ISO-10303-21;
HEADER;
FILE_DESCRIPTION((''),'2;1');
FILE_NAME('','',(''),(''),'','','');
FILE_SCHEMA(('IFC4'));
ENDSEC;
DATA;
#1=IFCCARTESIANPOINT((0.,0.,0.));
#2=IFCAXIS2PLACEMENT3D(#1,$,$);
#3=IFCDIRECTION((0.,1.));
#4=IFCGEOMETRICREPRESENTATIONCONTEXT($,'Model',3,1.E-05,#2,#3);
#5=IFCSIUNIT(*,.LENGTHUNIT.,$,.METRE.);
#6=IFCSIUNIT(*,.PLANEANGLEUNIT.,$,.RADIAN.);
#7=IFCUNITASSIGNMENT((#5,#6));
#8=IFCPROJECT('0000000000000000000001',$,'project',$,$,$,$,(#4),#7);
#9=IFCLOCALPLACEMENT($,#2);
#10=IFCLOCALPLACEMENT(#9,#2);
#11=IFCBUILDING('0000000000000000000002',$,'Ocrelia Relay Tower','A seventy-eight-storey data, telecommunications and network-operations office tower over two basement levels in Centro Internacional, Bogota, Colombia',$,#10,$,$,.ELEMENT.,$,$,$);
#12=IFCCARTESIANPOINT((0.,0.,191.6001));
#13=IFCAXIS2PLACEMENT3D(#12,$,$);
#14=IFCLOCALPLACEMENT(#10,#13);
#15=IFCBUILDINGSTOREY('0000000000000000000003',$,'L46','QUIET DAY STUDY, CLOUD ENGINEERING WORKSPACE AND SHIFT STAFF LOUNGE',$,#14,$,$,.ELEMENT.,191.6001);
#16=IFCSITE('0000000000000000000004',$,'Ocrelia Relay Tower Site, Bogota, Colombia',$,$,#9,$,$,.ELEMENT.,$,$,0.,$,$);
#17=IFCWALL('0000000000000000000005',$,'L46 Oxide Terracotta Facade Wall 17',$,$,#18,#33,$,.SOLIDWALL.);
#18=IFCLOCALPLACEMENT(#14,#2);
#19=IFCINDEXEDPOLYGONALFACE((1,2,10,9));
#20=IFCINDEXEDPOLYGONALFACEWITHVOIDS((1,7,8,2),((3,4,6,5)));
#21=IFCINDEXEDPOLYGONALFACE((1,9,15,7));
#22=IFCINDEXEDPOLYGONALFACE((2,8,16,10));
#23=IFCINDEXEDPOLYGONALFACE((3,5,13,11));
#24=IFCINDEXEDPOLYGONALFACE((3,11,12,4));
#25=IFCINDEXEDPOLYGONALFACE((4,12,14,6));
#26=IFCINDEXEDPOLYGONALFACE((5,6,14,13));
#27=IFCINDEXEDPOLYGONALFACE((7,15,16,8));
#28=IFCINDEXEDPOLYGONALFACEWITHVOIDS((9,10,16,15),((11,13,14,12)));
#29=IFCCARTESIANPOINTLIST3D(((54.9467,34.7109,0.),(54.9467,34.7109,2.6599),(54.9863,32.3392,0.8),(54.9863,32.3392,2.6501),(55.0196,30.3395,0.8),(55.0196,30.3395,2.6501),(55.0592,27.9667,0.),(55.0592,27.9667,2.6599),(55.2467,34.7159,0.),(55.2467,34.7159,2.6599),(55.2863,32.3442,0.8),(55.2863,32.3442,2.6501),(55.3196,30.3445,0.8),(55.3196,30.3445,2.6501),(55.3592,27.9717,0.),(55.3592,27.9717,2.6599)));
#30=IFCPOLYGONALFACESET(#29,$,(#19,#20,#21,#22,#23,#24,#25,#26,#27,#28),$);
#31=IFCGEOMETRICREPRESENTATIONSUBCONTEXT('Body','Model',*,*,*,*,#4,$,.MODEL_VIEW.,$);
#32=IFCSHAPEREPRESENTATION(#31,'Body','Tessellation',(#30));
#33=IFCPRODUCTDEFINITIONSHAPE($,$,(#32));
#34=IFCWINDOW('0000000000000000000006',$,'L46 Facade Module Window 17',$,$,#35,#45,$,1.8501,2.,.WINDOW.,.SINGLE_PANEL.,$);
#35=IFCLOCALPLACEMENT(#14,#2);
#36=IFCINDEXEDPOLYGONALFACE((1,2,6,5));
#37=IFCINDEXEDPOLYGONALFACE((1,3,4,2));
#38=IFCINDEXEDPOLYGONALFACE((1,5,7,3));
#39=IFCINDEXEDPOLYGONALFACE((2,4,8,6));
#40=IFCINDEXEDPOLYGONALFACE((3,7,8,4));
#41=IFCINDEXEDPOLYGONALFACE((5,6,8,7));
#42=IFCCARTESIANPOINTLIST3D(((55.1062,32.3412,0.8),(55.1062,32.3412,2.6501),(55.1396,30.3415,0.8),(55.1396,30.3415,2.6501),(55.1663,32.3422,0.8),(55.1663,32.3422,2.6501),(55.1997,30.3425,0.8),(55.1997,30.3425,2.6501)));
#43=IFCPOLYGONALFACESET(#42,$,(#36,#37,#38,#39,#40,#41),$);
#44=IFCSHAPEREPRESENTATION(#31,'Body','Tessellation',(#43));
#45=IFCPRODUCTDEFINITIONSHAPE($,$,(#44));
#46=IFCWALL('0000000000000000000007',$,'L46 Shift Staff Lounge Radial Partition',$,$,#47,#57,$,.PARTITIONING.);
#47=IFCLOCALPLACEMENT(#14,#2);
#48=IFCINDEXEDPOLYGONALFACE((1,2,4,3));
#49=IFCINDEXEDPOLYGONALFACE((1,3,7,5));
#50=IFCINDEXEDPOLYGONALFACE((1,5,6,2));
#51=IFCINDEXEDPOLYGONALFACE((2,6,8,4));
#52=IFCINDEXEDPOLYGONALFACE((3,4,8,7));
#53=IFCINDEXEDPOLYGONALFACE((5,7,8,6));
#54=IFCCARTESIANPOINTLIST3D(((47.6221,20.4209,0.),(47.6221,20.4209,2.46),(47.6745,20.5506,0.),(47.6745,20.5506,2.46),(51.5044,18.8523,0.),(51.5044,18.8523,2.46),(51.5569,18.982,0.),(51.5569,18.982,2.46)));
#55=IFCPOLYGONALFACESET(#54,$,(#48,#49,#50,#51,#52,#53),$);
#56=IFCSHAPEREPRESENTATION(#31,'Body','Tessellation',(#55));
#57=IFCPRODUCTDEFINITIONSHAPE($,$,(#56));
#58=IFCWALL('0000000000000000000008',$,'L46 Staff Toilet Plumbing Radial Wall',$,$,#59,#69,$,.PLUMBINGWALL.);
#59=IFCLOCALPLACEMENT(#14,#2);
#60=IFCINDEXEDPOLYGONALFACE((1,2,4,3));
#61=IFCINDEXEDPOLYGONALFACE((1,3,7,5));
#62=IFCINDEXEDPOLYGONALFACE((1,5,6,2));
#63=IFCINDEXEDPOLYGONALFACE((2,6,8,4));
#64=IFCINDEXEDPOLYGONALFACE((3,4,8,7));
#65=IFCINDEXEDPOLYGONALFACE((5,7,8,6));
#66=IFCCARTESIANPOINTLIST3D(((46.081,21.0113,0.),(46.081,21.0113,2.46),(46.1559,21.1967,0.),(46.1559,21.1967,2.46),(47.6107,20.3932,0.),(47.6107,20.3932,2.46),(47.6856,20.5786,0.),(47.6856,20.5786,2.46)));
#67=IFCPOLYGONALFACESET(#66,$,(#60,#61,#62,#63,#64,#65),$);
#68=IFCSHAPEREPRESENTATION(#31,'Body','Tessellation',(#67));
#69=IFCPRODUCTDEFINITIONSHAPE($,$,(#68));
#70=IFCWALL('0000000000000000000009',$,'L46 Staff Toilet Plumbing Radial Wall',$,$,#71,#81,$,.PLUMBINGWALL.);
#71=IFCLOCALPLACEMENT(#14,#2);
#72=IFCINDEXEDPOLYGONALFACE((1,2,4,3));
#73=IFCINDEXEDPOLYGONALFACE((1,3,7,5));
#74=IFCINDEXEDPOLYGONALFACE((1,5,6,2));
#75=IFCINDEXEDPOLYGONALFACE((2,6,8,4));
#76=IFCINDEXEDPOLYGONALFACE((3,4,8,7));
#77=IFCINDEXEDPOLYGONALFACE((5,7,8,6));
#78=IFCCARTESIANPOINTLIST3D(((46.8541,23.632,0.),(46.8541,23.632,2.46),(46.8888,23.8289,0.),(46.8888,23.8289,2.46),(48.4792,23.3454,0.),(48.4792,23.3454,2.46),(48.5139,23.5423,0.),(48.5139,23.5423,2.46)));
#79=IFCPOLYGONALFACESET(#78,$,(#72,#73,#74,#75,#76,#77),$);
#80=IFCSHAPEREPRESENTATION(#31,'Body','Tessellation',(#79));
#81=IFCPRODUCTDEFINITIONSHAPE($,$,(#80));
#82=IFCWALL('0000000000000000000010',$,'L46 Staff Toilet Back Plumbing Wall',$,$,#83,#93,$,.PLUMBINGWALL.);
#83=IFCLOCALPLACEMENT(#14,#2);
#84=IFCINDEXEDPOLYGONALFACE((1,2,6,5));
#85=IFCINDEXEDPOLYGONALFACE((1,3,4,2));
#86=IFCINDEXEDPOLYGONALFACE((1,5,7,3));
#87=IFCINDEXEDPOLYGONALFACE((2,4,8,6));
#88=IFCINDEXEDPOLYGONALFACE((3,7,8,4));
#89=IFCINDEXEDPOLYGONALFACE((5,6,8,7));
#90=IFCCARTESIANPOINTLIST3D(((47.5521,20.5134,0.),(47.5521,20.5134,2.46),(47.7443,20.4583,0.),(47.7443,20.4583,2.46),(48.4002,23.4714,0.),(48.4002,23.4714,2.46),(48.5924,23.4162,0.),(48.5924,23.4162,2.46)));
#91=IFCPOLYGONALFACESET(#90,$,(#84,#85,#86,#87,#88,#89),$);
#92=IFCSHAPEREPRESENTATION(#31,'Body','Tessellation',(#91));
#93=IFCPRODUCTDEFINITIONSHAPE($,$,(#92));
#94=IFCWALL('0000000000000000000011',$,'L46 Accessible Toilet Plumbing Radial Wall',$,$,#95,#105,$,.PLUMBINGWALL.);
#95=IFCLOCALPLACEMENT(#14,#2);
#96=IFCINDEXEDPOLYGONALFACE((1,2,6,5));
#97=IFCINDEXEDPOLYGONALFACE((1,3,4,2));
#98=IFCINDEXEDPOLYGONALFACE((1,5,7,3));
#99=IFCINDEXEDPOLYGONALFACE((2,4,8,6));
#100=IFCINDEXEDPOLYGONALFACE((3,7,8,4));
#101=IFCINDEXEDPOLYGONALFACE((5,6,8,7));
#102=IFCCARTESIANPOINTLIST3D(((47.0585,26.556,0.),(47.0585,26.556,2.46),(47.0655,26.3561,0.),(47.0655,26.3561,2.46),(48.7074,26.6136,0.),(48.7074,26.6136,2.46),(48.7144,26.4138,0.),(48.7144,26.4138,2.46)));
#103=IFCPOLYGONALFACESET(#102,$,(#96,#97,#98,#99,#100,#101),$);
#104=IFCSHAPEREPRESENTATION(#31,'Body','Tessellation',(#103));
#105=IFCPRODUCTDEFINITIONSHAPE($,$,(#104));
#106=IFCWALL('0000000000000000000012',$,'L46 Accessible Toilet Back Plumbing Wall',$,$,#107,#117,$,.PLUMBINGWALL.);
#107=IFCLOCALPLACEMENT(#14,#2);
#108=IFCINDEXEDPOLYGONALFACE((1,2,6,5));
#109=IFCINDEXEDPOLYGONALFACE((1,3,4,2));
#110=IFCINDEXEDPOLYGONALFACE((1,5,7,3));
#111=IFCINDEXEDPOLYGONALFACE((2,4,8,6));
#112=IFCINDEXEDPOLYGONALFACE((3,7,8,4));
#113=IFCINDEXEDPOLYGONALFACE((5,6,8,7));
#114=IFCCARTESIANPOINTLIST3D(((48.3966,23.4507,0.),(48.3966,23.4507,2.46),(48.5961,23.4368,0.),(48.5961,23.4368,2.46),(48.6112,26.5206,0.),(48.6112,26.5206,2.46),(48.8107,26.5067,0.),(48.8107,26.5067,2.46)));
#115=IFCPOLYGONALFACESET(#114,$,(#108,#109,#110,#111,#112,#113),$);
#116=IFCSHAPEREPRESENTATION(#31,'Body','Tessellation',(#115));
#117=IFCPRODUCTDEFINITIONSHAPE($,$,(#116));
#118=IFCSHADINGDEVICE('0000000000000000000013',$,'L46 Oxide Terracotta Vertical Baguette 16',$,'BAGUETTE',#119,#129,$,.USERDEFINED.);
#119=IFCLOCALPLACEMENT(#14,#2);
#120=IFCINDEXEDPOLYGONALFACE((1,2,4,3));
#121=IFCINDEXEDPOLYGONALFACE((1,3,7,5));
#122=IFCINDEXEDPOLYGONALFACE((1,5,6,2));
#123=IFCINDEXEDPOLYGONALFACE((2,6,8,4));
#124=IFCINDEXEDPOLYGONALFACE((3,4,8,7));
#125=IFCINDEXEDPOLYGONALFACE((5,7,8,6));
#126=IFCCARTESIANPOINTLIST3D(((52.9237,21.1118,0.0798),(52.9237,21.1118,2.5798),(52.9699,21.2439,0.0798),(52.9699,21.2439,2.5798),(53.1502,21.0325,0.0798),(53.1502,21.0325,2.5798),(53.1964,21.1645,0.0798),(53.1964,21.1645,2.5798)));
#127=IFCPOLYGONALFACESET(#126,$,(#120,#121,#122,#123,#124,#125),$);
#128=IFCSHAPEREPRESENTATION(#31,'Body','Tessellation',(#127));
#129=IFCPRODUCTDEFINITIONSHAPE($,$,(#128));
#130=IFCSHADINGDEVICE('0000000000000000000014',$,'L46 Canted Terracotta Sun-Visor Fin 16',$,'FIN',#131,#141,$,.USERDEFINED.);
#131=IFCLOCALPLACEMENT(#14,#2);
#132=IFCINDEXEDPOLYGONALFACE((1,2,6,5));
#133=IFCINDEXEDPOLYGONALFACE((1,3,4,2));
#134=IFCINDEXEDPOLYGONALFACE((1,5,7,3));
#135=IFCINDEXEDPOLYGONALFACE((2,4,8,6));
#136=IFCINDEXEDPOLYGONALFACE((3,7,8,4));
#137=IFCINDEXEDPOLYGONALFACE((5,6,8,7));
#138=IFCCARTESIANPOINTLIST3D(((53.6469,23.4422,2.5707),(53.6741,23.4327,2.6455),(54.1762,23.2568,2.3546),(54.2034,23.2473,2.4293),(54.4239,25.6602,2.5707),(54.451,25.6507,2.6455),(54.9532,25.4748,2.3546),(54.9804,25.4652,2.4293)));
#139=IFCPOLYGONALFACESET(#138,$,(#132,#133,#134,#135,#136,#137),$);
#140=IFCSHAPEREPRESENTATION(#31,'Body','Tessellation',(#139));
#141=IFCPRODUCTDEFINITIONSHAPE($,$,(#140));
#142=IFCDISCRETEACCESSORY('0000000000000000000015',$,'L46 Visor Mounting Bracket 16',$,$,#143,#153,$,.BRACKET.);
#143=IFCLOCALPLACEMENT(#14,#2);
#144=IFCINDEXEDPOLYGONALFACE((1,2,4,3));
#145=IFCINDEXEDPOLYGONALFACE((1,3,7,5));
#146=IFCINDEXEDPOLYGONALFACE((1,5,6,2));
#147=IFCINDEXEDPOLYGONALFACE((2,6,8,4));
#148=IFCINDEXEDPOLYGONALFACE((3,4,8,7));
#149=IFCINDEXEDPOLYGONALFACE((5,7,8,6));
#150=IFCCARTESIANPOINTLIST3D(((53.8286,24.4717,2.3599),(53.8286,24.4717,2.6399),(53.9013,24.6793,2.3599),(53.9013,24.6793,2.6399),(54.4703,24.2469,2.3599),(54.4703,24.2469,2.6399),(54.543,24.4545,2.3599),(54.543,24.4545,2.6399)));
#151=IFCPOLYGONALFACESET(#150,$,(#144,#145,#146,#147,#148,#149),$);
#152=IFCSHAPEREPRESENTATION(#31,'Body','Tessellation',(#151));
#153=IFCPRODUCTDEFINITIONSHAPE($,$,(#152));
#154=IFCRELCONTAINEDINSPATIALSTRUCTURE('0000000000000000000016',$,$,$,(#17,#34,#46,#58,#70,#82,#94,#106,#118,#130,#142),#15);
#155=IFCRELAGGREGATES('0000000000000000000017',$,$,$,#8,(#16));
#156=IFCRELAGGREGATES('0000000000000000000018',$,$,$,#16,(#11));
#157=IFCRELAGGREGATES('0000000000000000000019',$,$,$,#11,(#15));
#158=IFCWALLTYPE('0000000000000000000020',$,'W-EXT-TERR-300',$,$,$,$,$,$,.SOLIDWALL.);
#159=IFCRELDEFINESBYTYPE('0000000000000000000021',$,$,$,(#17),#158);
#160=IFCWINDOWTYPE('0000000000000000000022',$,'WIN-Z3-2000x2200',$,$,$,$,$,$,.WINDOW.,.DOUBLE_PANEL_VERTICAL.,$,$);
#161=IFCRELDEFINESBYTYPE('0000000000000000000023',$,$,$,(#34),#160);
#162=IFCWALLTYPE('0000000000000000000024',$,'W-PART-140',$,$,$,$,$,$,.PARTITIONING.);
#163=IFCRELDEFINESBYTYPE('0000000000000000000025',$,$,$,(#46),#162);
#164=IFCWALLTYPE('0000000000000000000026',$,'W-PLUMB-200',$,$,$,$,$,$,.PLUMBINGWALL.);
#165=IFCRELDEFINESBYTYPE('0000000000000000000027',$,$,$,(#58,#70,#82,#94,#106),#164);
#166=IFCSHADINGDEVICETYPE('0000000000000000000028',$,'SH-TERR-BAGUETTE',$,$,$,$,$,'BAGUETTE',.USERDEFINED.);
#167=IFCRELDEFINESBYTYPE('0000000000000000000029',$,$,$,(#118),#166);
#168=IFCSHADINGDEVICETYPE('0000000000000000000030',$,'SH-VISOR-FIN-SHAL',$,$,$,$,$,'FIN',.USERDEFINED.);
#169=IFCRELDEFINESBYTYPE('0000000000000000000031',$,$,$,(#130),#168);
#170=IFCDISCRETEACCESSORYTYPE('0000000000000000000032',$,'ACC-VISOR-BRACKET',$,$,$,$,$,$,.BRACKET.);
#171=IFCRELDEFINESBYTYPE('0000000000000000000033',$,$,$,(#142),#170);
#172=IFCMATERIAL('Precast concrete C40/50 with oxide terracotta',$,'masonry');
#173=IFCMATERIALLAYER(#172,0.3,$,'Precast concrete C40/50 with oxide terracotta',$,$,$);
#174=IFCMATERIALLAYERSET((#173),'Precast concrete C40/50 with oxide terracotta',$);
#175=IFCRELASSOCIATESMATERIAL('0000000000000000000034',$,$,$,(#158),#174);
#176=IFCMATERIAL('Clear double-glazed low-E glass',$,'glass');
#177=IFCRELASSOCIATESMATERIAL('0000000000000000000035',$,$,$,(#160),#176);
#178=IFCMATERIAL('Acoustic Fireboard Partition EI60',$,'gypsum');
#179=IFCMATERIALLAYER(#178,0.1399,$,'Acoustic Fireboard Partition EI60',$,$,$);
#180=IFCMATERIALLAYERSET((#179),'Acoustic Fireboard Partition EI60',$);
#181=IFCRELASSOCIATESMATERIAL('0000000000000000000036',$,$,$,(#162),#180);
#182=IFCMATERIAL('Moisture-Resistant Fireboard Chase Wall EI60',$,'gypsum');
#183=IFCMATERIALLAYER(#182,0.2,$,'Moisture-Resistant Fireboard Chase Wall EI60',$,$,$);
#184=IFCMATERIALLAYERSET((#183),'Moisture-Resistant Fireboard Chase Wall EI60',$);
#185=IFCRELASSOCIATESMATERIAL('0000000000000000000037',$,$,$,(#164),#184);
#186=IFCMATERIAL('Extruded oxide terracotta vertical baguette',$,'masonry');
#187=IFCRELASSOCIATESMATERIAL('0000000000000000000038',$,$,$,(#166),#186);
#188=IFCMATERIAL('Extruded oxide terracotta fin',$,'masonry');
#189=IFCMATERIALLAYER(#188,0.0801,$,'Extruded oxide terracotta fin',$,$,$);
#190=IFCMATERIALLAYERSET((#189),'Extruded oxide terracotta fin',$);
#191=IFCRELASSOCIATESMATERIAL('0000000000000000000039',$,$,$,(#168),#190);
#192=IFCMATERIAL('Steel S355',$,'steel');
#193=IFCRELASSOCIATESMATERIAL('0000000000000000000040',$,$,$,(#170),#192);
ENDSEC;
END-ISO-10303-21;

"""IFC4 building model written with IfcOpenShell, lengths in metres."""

from ifc_helpers import new_model, si_unit, direction, frame, frame_2d, origin, origin_2d, place, context, subcontext, project, spatial, rectangle, extrude, material, layer, layer_set, type_object, element, fill, save


model = new_model("IFC4")

# Units and contexts
model_context = context("Model", 3, precision=1e-05, world=origin(), true_north=direction((0.0, 1.0)))
body_context = subcontext(model_context, "Body", "Model", "MODEL_VIEW")
ifc_project = project(units=[si_unit("LENGTHUNIT", "METRE"), si_unit("PLANEANGLEUNIT", "RADIAN")], contexts=[model_context])

# Site, building, storey
site_placement = place(None, origin())
site = spatial("IfcSite", under=ifc_project, at=site_placement, Name="Ocrelia Relay Tower Site, Bogota, Colombia", CompositionType="ELEMENT", RefElevation=0.0)
building_placement = place(site_placement, origin())
building = spatial("IfcBuilding", under=site, at=building_placement, Name="Ocrelia Relay Tower", Description="A seventy-eight-storey data, telecommunications and network-operations office tower over two basement levels in Centro Internacional, Bogota, Colombia", CompositionType="ELEMENT")
storey_placement = place(building_placement, frame((0.0, 0.0, 191.6001)))
storey = spatial("IfcBuildingStorey", under=building, at=storey_placement, Name="L46", Description="QUIET DAY STUDY, CLOUD ENGINEERING WORKSPACE AND SHIFT STAFF LOUNGE", CompositionType="ELEMENT", Elevation=191.6001)

# Shared definitions
ifc_material_1 = material(Name="Steel S355", Category="steel")

# Wall, opening, window
ifc_material_2 = material(Name="Precast concrete C40/50 with oxide terracotta", Category="masonry")
ifc_layer_1 = layer(ifc_material_2, 0.3, Name="Precast concrete C40/50 with oxide terracotta")
ifc_layer_set_1 = layer_set([ifc_layer_1], Name="Precast concrete C40/50 with oxide terracotta")
wall_type_1 = type_object("IfcWallType", Name="W-EXT-TERR-300", PredefinedType="SOLIDWALL", material=ifc_layer_set_1)
ifc_material_3 = material(Name="Clear double-glazed low-E glass", Category="glass")
window_type = type_object("IfcWindowType", Name="WIN-Z3-2000x2200", PartitioningType="DOUBLE_PANEL_VERTICAL", PredefinedType="WINDOW", material=ifc_material_3)
wall_1_placement = place(storey_placement, frame((55.2092, 27.9692, 0.0), z_axis=(0.0, 0.0, 1.0), x_axis=(-0.016686, 0.999861, 0.0)))
wall_1 = element("IfcWall", 1, at=wall_1_placement, inside=storey, type_object=wall_type_1, Name="L46 Oxide Terracotta Facade Wall 17", PredefinedType="SOLIDWALL", context=body_context, shape_type="SweptSolid", body=[
    extrude(rectangle(XDim=6.7451, YDim=0.3, at=frame_2d((3.3726, 0.0))), origin(), (0.0, 0.0, 1.0), 2.6599),
])
opening_1_placement = place(wall_1_placement, frame((2.373, 0.0, 0.8)))
opening_1 = element("IfcOpeningElement", 2, at=opening_1_placement, cuts=wall_1, PredefinedType="OPENING", context=body_context, shape_type="SweptSolid", body=[
    extrude(rectangle(XDim=2.0, YDim=1.8501, at=frame_2d((1.0, 0.925))), frame((0.0, 0.1602, 0.0), z_axis=(0.0, -1.0, 0.0), x_axis=(1.0, 0.0, 0.0)), (0.0, 0.0, 1.0), 0.3201),
])
window_1_placement = place(opening_1_placement, origin())
window_1 = element("IfcWindow", 3, at=window_1_placement, inside=storey, type_object=window_type, Name="L46 Facade Module Window 17", OverallHeight=1.8501, OverallWidth=2.0, PartitioningType="SINGLE_PANEL", PredefinedType="WINDOW", context=body_context, shape_type="SweptSolid", body=[
    extrude(rectangle(XDim=2.0, YDim=1.8501, at=frame_2d((1.0, 0.925))), frame((0.0, 0.03, 0.0), z_axis=(0.0, -1.0, 0.0), x_axis=(1.0, 0.0, 0.0)), (0.0, 0.0, 1.0), 0.0601),
])
fill(opening_1, window_1)

# Walls
ifc_material_4 = material(Name="Acoustic Fireboard Partition EI60", Category="gypsum")
ifc_layer_2 = layer(ifc_material_4, 0.1399, Name="Acoustic Fireboard Partition EI60")
ifc_layer_set_2 = layer_set([ifc_layer_2], Name="Acoustic Fireboard Partition EI60")
wall_type_2 = type_object("IfcWallType", Name="W-PART-140", PredefinedType="PARTITIONING", material=ifc_layer_set_2)
wall_2_placement = place(storey_placement, frame((47.6482, 20.4858, 0.0), z_axis=(0.0, 0.0, 1.0), x_axis=(0.92718, -0.374615, 0.0)))
element("IfcWall", 4, at=wall_2_placement, inside=storey, type_object=wall_type_2, Name="L46 Shift Staff Lounge Radial Partition", PredefinedType="PARTITIONING", context=body_context, shape_type="SweptSolid", body=[
    extrude(rectangle(XDim=4.1873, YDim=0.1399, at=frame_2d((2.0938, 0.0))), origin(), (0.0, 0.0, 1.0), 2.46),
])
ifc_material_5 = material(Name="Moisture-Resistant Fireboard Chase Wall EI60", Category="gypsum")
ifc_layer_3 = layer(ifc_material_5, 0.2, Name="Moisture-Resistant Fireboard Chase Wall EI60")
ifc_layer_set_3 = layer_set([ifc_layer_3], Name="Moisture-Resistant Fireboard Chase Wall EI60")
wall_type_3 = type_object("IfcWallType", Name="W-PLUMB-200", PredefinedType="PLUMBINGWALL", material=ifc_layer_set_3)
wall_3_placement = place(storey_placement, frame((46.1184, 21.104, 0.0), z_axis=(0.0, 0.0, 1.0), x_axis=(0.927165, -0.374654, 0.0)))
element("IfcWall", 5, at=wall_3_placement, inside=storey, type_object=wall_type_3, Name="L46 Staff Toilet Plumbing Radial Wall", PredefinedType="PLUMBINGWALL", context=body_context, shape_type="SweptSolid", body=[
    extrude(rectangle(XDim=1.6499, YDim=0.2, at=frame_2d((0.825, 0.0))), origin(), (0.0, 0.0, 1.0), 2.46),
])
wall_4_placement = place(storey_placement, frame((46.8713, 23.7305, 0.0), z_axis=(0.0, 0.0, 1.0), x_axis=(0.984798, -0.173701, 0.0)))
element("IfcWall", 6, at=wall_4_placement, inside=storey, type_object=wall_type_3, Name="L46 Staff Toilet Plumbing Radial Wall", PredefinedType="PLUMBINGWALL", context=body_context, shape_type="SweptSolid", body=[
    extrude(rectangle(XDim=1.6501, YDim=0.2, at=frame_2d((0.8252, 0.0))), origin(), (0.0, 0.0, 1.0), 2.46),
])
wall_5_placement = place(storey_placement, frame((47.6482, 20.4858, 0.0), z_axis=(0.0, 0.0, 1.0), x_axis=(0.275622, 0.961266, 0.0)))
element("IfcWall", 7, at=wall_5_placement, inside=storey, type_object=wall_type_3, Name="L46 Staff Toilet Back Plumbing Wall", PredefinedType="PLUMBINGWALL", context=body_context, shape_type="SweptSolid", body=[
    extrude(rectangle(XDim=3.0771, YDim=0.2, at=frame_2d((1.5386, 0.0))), origin(), (0.0, 0.0, 1.0), 2.46),
])
wall_6_placement = place(storey_placement, frame((47.062, 26.4561, 0.0), z_axis=(0.0, 0.0, 1.0), x_axis=(0.99939, 0.034921, 0.0)))
element("IfcWall", 8, at=wall_6_placement, inside=storey, type_object=wall_type_3, Name="L46 Accessible Toilet Plumbing Radial Wall", PredefinedType="PLUMBINGWALL", context=body_context, shape_type="SweptSolid", body=[
    extrude(rectangle(XDim=1.6499, YDim=0.2, at=frame_2d((0.825, 0.0))), origin(), (0.0, 0.0, 1.0), 2.46),
])
wall_7_placement = place(storey_placement, frame((48.4963, 23.4438, 0.0), z_axis=(0.0, 0.0, 1.0), x_axis=(0.069736, 0.997565, 0.0)))
element("IfcWall", 9, at=wall_7_placement, inside=storey, type_object=wall_type_3, Name="L46 Accessible Toilet Back Plumbing Wall", PredefinedType="PLUMBINGWALL", context=body_context, shape_type="SweptSolid", body=[
    extrude(rectangle(XDim=3.0774, YDim=0.2, at=frame_2d((1.5386, 0.0))), origin(), (0.0, 0.0, 1.0), 2.46),
])

# Shading devices
ifc_material_6 = material(Name="Extruded oxide terracotta vertical baguette", Category="masonry")
shading_device_type_1 = type_object("IfcShadingDeviceType", Name="SH-TERR-BAGUETTE", ElementType="BAGUETTE", PredefinedType="USERDEFINED", material=ifc_material_6)
shading_device_1_placement = place(storey_placement, frame((53.0601, 21.1382, 0.0798), z_axis=(0.0, 0.0, 1.0), x_axis=(0.330596, 0.943772, 0.0)))
element("IfcShadingDevice", 10, at=shading_device_1_placement, inside=storey, type_object=shading_device_type_1, Name="L46 Oxide Terracotta Vertical Baguette 16", ObjectType="BAGUETTE", PredefinedType="USERDEFINED", context=body_context, shape_type="SweptSolid", body=[
    extrude(rectangle(XDim=0.1399, YDim=0.24, at=origin_2d()), origin(), (0.0, 0.0, 1.0), 2.5),
])
ifc_material_7 = material(Name="Extruded oxide terracotta fin", Category="masonry")
ifc_layer_4 = layer(ifc_material_7, 0.0801, Name="Extruded oxide terracotta fin")
ifc_layer_set_4 = layer_set([ifc_layer_4], Name="Extruded oxide terracotta fin")
shading_device_type_2 = type_object("IfcShadingDeviceType", Name="SH-VISOR-FIN-SHAL", ElementType="FIN", PredefinedType="USERDEFINED", material=ifc_layer_set_4)
shading_device_2_placement = place(storey_placement, frame((54.3, 24.4585, 2.4626), z_axis=(0.339448, -0.118906, 0.933079), x_axis=(0.330596, 0.943772, 0.0)))
element("IfcShadingDevice", 11, at=shading_device_2_placement, inside=storey, type_object=shading_device_type_2, Name="L46 Canted Terracotta Sun-Visor Fin 16", ObjectType="FIN", PredefinedType="USERDEFINED", context=body_context, shape_type="SweptSolid", body=[
    extrude(rectangle(XDim=2.3501, YDim=0.6011, at=origin_2d()), origin(), (0.0, 0.0, 1.0), 0.0801),
])

# Discrete accessory
discrete_accessory_type = type_object("IfcDiscreteAccessoryType", Name="ACC-VISOR-BRACKET", PredefinedType="BRACKET", material=ifc_material_1)
discrete_accessory_placement = place(storey_placement, frame((54.1858, 24.4631, 2.3599), z_axis=(0.0, 0.0, 1.0), x_axis=(0.330596, 0.943772, 0.0)))
element("IfcDiscreteAccessory", 12, at=discrete_accessory_placement, inside=storey, type_object=discrete_accessory_type, Name="L46 Visor Mounting Bracket 16", PredefinedType="BRACKET", context=body_context, shape_type="SweptSolid", body=[
    extrude(rectangle(XDim=0.22, YDim=0.6799, at=origin_2d()), origin(), (0.0, 0.0, 1.0), 0.28),
])

save(model, "model.ifc")
